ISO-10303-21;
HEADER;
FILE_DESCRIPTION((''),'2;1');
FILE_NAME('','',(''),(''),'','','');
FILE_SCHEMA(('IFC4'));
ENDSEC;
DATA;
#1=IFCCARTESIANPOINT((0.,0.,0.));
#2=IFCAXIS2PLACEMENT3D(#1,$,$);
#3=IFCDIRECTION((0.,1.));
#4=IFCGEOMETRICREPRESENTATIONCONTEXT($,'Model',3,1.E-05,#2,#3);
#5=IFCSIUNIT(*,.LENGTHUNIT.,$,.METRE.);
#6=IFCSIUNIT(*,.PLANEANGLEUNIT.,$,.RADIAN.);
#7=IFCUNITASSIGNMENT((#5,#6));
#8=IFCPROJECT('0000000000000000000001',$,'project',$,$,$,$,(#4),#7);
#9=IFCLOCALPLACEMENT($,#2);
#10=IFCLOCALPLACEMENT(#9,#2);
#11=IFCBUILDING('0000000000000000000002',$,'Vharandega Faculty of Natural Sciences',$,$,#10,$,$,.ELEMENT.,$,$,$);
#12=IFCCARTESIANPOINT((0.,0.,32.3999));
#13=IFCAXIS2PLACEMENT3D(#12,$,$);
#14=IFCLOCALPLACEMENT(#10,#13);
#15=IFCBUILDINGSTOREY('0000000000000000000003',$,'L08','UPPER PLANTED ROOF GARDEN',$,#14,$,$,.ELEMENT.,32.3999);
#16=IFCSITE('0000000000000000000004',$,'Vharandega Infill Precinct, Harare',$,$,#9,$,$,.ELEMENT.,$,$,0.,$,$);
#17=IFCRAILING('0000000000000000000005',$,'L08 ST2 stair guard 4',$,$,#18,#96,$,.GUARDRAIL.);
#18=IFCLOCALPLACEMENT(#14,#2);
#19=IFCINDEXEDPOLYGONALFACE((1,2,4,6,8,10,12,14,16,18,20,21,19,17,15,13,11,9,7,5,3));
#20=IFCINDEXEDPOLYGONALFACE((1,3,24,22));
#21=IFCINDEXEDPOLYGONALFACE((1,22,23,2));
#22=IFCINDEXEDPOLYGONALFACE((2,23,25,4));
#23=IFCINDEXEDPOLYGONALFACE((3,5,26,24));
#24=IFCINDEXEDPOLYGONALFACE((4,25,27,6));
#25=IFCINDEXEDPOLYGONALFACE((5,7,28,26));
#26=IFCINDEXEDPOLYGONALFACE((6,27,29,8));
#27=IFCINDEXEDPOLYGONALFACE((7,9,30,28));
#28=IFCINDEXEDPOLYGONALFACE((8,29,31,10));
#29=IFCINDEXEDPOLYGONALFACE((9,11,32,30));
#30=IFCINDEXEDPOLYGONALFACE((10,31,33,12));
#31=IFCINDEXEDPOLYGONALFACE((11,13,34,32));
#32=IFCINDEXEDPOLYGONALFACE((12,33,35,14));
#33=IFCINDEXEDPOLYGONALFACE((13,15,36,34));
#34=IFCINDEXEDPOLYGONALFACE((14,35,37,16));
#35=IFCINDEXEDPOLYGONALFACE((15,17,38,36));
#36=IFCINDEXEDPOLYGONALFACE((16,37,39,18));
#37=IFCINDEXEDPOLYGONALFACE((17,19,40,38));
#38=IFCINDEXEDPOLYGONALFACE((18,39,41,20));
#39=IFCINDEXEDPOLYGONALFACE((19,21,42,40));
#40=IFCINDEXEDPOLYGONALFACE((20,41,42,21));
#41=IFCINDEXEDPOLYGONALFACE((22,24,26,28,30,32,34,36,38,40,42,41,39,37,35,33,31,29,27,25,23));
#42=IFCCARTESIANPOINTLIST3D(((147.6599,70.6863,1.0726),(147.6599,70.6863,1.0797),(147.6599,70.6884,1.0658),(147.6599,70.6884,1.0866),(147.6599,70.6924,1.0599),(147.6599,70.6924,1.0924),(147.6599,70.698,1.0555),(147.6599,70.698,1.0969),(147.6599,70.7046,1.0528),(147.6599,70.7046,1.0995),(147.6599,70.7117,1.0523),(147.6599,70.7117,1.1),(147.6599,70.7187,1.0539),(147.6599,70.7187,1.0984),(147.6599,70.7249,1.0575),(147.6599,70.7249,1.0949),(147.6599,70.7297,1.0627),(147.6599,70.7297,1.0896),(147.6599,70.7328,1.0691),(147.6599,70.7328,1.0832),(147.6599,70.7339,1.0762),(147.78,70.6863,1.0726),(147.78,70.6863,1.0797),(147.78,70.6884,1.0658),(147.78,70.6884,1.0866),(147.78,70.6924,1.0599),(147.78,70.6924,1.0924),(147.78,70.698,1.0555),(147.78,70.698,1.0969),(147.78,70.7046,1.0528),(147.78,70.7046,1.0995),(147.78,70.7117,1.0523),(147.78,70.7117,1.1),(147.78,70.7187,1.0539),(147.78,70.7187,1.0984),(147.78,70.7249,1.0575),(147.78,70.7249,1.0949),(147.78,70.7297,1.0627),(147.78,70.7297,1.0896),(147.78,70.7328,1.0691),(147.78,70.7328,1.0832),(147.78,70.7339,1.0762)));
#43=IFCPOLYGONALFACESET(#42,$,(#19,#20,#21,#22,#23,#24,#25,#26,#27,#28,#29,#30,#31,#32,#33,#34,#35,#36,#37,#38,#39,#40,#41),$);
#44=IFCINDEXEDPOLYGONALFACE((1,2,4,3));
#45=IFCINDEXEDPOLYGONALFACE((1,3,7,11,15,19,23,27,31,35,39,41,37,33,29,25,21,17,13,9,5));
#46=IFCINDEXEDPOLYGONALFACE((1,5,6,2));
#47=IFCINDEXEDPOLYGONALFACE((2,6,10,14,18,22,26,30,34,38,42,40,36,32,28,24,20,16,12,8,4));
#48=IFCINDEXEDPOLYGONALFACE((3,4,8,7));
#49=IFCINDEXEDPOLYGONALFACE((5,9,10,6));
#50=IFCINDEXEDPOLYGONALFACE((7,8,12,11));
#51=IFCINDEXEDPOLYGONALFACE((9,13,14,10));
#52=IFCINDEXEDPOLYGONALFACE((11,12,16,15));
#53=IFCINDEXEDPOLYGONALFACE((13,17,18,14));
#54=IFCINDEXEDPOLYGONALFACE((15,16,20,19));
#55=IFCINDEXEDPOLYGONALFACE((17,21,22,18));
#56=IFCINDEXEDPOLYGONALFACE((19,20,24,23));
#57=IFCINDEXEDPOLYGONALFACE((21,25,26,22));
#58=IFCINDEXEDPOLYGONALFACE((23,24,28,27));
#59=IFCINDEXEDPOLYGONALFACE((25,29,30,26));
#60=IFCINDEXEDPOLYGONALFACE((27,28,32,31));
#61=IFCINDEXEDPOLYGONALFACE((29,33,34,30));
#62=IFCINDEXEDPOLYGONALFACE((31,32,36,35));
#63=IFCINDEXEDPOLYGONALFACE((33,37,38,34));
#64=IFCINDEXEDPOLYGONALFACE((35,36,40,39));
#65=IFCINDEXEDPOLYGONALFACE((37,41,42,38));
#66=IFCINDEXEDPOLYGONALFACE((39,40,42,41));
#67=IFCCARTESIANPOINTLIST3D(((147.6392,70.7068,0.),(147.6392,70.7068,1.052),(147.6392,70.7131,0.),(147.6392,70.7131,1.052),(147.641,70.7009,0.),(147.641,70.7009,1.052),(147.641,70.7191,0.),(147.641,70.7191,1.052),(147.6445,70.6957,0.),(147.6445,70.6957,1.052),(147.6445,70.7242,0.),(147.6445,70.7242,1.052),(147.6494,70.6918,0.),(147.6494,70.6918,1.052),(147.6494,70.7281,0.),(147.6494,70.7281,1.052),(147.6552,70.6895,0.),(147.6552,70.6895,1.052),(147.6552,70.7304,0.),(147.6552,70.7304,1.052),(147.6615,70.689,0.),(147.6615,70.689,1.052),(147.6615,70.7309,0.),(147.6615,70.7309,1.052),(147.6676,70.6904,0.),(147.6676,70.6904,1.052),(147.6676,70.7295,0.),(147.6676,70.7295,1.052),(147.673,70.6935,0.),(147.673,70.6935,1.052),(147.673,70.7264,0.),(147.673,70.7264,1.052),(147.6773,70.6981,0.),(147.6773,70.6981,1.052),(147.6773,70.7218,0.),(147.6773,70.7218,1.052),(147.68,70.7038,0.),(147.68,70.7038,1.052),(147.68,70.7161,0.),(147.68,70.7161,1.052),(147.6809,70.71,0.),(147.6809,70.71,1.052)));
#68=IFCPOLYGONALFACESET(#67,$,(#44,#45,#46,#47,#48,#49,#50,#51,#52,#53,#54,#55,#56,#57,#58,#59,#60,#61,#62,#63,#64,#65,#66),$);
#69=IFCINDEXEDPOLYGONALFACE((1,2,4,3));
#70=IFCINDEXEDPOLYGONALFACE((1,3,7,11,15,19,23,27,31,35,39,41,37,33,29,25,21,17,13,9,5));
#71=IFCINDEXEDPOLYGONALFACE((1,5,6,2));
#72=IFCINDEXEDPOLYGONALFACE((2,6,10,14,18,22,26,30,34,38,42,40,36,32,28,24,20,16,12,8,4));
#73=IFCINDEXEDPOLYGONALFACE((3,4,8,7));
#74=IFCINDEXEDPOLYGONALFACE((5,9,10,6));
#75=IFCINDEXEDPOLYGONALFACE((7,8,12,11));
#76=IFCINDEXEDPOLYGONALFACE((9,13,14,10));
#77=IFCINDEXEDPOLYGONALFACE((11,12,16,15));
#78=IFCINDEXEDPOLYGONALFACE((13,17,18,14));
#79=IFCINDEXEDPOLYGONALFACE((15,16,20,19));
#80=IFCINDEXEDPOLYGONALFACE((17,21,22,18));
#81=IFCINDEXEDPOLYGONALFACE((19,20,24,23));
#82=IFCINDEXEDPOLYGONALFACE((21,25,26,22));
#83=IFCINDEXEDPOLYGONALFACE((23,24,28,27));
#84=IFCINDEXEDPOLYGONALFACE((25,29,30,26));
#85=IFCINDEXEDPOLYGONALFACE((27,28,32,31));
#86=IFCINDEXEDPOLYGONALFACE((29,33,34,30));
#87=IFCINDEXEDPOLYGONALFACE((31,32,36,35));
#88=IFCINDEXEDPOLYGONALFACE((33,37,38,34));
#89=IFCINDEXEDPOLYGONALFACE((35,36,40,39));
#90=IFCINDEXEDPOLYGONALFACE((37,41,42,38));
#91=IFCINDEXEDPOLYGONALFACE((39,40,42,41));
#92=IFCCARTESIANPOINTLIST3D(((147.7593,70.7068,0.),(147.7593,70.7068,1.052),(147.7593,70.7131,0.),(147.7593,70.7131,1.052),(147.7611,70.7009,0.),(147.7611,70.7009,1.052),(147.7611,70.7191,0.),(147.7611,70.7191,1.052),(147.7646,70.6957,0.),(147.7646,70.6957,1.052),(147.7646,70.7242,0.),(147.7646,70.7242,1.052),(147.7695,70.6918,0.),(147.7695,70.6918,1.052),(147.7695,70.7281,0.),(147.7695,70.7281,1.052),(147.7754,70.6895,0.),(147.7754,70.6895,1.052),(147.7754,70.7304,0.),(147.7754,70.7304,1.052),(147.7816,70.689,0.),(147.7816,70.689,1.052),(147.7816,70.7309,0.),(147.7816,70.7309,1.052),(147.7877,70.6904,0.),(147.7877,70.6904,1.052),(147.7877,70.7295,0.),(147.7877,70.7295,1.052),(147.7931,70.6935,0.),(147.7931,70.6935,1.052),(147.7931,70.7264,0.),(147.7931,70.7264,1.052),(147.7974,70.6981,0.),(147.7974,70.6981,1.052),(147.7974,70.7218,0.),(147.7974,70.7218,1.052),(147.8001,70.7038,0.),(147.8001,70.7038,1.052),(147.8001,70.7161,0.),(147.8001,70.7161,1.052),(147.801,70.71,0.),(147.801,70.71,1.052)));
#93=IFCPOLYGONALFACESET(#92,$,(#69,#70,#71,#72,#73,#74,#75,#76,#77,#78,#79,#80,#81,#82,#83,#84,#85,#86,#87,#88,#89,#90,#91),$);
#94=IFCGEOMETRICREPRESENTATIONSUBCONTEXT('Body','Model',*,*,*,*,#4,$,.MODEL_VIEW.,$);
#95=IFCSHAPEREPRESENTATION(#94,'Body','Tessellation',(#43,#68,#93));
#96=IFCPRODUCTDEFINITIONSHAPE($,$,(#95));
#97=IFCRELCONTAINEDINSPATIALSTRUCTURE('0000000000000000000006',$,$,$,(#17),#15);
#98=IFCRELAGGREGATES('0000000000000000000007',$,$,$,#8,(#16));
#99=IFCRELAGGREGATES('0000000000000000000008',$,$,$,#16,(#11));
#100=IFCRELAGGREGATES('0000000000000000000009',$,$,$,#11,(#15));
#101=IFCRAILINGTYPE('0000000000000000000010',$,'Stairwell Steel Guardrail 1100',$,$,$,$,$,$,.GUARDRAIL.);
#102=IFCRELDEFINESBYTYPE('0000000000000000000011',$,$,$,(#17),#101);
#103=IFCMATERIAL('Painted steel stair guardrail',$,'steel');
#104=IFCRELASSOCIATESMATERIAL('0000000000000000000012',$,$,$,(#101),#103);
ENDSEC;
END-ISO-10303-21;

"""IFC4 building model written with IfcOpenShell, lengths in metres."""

from ifc_helpers import new_model, si_unit, direction, frame, origin, origin_2d, place, context, subcontext, project, spatial, circle, extrude, material, type_object, element, save


model = new_model("IFC4")

# Units and contexts
model_context = context("Model", 3, precision=1e-05, world=origin(), true_north=direction((0.0, 1.0)))
body_context = subcontext(model_context, "Body", "Model", "MODEL_VIEW")
ifc_project = project(units=[si_unit("LENGTHUNIT", "METRE"), si_unit("PLANEANGLEUNIT", "RADIAN")], contexts=[model_context])

# Site, building, storey
site_placement = place(None, origin())
site = spatial("IfcSite", under=ifc_project, at=site_placement, Name="Vharandega Infill Precinct, Harare", CompositionType="ELEMENT", RefElevation=0.0)
building_placement = place(site_placement, origin())
building = spatial("IfcBuilding", under=site, at=building_placement, Name="Vharandega Faculty of Natural Sciences", CompositionType="ELEMENT")
storey_placement = place(building_placement, frame((0.0, 0.0, 32.3999)))
storey = spatial("IfcBuildingStorey", under=building, at=storey_placement, Name="L08", Description="UPPER PLANTED ROOF GARDEN", CompositionType="ELEMENT", Elevation=32.3999)

# Railing
ifc_material_1 = material(Name="Painted steel stair guardrail", Category="steel")
railing_type_1 = type_object("IfcRailingType", Name="Stairwell Steel Guardrail 1100", PredefinedType="GUARDRAIL", material=ifc_material_1)
railing_1_placement = place(storey_placement, frame((147.6599, 70.71, 0.0)))
element("IfcRailing", 1, at=railing_1_placement, inside=storey, type_object=railing_type_1, Name="L08 ST2 stair guard 4", PredefinedType="GUARDRAIL", context=body_context, shape_type="SweptSolid", body=[
    extrude(circle(Radius=0.0239, at=origin_2d()), frame((0.0, 0.0, 1.0762), z_axis=(1.0, 0.0, 0.0), x_axis=(0.0, 1.0, 0.0)), (0.0, 0.0, 1.0), 0.1201),
    extrude(circle(Radius=0.021, at=origin_2d()), origin(), (0.0, 0.0, 1.0), 1.052),
    extrude(circle(Radius=0.021, at=origin_2d()), frame((0.1201, 0.0, 0.0)), (0.0, 0.0, 1.0), 1.052),
])

save(model, "model.ifc")
